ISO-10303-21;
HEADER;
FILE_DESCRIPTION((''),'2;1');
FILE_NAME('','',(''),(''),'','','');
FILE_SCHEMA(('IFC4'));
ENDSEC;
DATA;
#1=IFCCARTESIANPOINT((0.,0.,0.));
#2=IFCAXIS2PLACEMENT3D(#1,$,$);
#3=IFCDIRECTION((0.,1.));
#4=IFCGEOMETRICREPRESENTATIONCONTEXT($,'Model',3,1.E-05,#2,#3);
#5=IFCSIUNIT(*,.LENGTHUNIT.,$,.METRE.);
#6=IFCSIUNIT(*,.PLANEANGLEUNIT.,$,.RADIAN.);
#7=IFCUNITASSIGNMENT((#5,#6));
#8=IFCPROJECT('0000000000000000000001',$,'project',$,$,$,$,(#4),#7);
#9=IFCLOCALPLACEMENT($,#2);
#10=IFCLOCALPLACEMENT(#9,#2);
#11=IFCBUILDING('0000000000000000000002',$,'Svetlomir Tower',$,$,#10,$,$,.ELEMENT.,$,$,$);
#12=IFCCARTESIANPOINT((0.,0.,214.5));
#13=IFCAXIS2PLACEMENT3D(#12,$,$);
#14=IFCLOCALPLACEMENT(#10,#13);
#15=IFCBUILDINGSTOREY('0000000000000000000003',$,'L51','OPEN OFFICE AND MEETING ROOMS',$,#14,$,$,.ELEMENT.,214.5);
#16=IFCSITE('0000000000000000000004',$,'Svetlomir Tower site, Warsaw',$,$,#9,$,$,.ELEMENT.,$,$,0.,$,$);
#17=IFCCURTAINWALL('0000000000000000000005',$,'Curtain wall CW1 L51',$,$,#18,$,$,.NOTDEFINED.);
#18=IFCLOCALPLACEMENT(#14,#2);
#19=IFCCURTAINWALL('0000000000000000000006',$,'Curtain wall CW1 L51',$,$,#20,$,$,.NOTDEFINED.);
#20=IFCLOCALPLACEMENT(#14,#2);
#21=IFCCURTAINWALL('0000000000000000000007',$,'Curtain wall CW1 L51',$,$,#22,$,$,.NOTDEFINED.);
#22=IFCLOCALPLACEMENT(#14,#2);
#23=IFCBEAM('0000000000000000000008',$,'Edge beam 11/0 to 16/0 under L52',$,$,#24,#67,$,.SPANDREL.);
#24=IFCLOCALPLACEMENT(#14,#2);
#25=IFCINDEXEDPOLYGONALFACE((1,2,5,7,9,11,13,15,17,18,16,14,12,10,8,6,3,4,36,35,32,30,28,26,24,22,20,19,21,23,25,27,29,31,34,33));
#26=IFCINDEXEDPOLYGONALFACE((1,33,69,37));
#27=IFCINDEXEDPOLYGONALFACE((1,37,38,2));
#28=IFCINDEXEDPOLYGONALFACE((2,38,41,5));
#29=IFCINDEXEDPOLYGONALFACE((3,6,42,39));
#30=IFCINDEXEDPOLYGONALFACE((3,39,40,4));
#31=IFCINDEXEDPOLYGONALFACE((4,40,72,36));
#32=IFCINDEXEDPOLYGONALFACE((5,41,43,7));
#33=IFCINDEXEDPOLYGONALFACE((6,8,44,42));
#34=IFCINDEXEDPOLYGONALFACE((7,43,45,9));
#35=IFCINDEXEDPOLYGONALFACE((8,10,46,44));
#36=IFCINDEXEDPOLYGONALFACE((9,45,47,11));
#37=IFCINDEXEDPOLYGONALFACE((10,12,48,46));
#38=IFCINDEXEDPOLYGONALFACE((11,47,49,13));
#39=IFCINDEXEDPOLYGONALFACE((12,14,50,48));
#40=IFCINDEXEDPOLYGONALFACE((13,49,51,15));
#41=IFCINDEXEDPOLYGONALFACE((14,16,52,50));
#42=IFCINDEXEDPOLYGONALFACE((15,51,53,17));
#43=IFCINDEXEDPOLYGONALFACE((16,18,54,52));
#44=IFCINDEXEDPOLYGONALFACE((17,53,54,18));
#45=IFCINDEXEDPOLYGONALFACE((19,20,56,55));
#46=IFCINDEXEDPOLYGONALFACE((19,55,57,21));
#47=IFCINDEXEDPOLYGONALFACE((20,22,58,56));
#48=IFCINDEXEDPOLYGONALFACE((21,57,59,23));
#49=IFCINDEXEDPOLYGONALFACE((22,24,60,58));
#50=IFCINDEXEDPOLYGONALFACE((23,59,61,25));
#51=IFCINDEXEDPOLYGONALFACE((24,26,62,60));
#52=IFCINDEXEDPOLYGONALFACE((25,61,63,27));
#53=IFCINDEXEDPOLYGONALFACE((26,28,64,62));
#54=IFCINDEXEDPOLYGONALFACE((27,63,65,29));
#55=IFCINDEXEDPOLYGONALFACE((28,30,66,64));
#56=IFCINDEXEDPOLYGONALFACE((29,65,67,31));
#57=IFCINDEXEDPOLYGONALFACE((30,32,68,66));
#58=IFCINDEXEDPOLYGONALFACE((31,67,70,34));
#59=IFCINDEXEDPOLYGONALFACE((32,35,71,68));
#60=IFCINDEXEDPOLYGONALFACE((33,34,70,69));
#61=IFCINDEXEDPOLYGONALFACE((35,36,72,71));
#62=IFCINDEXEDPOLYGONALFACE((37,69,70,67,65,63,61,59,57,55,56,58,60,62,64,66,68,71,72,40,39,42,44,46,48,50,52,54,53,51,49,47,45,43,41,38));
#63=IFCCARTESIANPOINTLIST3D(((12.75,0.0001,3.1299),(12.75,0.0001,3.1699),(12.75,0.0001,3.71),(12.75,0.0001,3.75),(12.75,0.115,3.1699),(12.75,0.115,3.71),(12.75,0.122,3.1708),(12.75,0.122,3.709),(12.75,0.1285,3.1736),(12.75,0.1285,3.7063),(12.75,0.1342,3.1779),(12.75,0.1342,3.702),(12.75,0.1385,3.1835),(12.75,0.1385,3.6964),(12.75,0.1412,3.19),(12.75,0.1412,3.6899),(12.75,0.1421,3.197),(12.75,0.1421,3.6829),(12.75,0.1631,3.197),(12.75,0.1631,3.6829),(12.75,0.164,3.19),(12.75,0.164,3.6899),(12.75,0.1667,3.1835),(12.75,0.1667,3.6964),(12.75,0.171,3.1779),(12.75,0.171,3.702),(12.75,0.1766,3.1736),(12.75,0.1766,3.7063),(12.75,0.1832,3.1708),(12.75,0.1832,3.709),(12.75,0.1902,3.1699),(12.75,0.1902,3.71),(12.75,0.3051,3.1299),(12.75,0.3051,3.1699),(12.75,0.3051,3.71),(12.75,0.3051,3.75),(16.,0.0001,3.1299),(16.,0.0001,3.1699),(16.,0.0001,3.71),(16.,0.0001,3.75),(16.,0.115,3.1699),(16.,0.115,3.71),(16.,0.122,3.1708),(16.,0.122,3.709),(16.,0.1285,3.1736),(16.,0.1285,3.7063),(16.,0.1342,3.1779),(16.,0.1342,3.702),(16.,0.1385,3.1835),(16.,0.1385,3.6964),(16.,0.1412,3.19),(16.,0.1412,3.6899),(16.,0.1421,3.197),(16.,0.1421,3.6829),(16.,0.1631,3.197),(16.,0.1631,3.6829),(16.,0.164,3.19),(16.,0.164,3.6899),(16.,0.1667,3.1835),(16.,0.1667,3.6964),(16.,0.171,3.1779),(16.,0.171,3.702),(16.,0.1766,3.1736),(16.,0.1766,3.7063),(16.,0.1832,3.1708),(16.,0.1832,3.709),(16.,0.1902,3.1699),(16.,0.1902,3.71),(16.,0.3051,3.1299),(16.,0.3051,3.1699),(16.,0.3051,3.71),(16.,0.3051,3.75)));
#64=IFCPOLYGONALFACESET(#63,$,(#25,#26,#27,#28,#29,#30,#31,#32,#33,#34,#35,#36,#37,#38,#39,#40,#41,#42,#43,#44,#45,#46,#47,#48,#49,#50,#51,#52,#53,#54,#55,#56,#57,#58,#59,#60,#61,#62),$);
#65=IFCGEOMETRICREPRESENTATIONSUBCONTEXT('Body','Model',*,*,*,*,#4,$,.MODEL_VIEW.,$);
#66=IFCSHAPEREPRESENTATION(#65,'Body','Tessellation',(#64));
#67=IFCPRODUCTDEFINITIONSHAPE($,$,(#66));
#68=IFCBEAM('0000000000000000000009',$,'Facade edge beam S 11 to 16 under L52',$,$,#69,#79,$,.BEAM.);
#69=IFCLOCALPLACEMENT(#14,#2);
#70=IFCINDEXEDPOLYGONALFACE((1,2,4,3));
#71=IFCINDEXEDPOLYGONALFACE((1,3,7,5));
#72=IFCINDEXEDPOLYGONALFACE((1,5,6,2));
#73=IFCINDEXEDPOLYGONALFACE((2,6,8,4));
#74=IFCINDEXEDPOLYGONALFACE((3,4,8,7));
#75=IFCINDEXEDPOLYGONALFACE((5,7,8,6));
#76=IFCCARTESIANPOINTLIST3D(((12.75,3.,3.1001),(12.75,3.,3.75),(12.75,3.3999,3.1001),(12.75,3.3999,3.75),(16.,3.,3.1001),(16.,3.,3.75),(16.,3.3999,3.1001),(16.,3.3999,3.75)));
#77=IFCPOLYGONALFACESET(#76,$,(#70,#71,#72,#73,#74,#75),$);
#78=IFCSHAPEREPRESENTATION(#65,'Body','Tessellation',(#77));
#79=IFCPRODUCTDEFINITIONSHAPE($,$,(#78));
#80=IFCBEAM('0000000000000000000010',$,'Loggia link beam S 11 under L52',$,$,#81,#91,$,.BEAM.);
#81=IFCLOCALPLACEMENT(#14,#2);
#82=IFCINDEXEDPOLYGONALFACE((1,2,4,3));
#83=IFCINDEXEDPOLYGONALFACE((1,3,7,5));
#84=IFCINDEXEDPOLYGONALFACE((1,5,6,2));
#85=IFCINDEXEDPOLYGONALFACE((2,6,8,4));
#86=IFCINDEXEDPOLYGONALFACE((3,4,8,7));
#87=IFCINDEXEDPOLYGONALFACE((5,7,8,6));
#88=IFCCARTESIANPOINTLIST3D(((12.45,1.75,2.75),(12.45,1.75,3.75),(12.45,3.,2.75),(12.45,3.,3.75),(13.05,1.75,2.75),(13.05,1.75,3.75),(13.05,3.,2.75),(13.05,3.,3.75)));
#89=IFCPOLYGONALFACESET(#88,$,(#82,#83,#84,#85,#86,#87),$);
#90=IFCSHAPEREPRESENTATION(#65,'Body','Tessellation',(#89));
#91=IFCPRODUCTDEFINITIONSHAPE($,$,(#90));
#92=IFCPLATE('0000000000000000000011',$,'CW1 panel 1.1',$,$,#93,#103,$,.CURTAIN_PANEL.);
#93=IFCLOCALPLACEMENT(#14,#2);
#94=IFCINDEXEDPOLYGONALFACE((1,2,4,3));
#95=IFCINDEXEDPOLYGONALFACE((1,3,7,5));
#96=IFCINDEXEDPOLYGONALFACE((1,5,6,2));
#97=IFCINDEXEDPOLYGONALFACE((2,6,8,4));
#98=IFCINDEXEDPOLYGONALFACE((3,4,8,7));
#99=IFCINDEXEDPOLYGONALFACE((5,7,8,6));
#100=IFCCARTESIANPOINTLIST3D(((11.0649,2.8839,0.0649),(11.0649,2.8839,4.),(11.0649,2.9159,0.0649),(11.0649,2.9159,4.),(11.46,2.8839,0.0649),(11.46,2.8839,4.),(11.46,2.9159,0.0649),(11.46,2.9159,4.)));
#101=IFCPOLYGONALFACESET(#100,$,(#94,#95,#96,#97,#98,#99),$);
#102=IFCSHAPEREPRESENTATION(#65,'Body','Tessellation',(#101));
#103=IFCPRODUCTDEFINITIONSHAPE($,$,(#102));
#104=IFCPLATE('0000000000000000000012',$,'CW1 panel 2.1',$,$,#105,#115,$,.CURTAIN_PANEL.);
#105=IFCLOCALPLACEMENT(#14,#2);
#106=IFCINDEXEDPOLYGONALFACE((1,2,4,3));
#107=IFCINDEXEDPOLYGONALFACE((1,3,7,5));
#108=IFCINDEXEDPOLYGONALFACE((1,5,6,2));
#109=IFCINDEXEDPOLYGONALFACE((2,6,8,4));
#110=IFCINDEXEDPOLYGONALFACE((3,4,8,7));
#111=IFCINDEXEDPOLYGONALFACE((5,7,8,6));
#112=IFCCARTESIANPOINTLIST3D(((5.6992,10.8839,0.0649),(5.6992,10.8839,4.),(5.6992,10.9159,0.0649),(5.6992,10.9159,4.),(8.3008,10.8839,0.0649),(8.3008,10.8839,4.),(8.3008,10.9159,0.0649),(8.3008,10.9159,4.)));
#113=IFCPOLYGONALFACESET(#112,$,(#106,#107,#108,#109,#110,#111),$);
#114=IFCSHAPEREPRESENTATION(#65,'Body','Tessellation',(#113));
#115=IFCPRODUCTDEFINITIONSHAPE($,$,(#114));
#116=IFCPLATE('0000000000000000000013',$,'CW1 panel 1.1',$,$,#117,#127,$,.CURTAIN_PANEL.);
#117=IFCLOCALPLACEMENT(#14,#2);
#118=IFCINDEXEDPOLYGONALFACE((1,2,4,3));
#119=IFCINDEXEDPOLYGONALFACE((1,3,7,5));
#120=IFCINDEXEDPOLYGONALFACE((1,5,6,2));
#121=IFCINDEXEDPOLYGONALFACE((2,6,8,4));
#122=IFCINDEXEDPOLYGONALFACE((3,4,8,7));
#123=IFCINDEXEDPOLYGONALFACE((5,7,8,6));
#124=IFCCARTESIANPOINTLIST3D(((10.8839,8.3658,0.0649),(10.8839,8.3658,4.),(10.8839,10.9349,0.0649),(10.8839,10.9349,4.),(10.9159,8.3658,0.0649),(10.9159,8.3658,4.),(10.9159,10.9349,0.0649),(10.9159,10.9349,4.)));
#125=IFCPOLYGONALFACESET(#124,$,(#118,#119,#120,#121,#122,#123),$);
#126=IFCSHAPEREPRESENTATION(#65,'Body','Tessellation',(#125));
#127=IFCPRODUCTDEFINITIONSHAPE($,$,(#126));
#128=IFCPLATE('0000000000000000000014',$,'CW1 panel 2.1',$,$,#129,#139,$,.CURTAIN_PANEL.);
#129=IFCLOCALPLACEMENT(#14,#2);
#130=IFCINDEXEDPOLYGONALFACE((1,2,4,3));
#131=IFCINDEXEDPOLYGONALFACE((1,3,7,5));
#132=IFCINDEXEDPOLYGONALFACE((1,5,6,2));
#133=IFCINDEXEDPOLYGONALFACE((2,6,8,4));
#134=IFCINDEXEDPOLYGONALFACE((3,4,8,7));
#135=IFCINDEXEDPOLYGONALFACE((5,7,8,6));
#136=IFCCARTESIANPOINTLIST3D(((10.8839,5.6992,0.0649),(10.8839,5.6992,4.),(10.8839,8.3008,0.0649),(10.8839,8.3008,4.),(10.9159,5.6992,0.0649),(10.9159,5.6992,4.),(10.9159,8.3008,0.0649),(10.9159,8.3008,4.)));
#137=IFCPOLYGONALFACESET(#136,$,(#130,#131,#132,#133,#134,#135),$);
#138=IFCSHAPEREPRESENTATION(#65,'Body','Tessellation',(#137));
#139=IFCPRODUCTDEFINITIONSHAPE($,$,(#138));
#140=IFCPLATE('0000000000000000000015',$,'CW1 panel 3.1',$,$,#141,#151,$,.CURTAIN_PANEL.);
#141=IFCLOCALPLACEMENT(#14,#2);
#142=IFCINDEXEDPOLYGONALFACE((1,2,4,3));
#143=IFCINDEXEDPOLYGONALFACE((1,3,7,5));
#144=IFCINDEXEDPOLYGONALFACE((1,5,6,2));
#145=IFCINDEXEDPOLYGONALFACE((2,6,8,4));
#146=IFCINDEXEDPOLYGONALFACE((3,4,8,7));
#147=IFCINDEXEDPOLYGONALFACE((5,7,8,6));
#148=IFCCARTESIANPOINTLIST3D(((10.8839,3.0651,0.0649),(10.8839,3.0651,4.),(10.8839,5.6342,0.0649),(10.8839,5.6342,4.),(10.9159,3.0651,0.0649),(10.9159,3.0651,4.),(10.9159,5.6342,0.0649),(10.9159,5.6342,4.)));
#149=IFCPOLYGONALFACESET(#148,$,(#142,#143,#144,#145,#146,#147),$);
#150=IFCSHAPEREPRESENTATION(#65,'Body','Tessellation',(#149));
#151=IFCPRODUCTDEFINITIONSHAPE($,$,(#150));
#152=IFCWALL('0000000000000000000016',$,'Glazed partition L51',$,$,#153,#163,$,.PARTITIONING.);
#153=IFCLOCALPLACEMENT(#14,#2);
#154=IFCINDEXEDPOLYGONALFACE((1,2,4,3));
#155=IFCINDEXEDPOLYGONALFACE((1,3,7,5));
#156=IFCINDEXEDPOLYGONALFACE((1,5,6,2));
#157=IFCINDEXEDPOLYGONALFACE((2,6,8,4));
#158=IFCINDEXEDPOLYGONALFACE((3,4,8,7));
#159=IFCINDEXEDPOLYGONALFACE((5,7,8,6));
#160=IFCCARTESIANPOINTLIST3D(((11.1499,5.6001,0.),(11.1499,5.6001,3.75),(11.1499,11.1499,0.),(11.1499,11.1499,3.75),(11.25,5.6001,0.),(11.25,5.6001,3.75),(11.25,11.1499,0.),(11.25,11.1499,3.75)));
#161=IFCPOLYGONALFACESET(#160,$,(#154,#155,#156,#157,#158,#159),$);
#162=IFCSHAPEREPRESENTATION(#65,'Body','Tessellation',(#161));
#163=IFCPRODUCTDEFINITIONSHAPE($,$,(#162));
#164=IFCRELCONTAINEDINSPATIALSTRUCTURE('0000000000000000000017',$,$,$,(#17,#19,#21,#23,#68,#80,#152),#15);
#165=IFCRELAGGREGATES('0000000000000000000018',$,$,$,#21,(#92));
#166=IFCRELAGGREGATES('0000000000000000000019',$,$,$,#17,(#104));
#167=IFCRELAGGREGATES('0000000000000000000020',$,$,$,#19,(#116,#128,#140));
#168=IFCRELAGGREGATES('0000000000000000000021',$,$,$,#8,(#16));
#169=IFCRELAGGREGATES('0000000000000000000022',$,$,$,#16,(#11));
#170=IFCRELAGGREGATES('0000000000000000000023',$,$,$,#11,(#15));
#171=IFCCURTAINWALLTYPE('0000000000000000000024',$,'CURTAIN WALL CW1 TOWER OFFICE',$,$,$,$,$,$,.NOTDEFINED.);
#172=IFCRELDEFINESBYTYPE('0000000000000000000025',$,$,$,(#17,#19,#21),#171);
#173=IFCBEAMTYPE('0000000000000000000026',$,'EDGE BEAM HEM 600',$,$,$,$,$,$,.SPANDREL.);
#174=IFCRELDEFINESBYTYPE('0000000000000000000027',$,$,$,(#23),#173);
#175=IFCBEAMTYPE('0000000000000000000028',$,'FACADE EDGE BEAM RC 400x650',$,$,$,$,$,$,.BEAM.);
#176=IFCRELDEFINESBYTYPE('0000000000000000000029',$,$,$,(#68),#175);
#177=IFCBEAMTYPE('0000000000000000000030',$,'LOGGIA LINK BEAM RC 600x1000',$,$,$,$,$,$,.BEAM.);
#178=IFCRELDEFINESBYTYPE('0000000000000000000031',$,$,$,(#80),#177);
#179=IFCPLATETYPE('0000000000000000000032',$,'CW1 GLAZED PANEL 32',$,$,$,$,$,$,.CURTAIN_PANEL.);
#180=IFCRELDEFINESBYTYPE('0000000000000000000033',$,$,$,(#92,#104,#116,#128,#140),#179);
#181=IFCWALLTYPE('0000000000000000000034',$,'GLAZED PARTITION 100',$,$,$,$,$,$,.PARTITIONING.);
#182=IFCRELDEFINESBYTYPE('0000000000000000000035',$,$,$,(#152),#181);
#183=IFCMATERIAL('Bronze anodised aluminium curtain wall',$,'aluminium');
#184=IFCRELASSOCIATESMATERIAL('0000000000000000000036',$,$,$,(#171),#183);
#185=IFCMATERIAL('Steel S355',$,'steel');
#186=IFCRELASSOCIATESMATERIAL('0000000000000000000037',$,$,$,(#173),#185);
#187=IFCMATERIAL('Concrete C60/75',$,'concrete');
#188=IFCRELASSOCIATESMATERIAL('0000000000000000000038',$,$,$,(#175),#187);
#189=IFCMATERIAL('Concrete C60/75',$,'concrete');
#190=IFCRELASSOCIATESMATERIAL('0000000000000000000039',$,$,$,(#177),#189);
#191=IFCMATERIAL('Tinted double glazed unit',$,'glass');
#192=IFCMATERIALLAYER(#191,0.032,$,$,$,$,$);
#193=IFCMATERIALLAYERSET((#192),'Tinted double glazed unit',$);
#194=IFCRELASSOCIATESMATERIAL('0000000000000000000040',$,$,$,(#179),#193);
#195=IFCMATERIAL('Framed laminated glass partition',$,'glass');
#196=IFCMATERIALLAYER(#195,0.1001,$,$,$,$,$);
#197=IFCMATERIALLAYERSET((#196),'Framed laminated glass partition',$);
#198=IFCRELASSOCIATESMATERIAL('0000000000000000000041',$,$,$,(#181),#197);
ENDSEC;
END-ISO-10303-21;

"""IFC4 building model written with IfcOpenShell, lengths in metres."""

from ifc_helpers import new_model, si_unit, direction, frame, frame_2d, origin, origin_2d, place, context, subcontext, project, spatial, rectangle, i_section, extrude, material, layer, layer_set, material_profile, profile_set, type_object, element, aggregate, save


model = new_model("IFC4")

# Units and contexts
model_context = context("Model", 3, precision=1e-05, world=origin(), true_north=direction((0.0, 1.0)))
body_context = subcontext(model_context, "Body", "Model", "MODEL_VIEW")
ifc_project = project(units=[si_unit("LENGTHUNIT", "METRE"), si_unit("PLANEANGLEUNIT", "RADIAN")], contexts=[model_context])

# Site, building, storey
site_placement = place(None, origin())
site = spatial("IfcSite", under=ifc_project, at=site_placement, Name="Svetlomir Tower site, Warsaw", CompositionType="ELEMENT", RefElevation=0.0)
building_placement = place(site_placement, origin())
building = spatial("IfcBuilding", under=site, at=building_placement, Name="Svetlomir Tower", CompositionType="ELEMENT")
storey_placement = place(building_placement, frame((0.0, 0.0, 214.5)))
storey = spatial("IfcBuildingStorey", under=building, at=storey_placement, Name="L51", Description="OPEN OFFICE AND MEETING ROOMS", CompositionType="ELEMENT", Elevation=214.5)

# Curtain walls
ifc_material_1 = material(Name="Bronze anodised aluminium curtain wall", Category="aluminium")
curtain_wall_type = type_object("IfcCurtainWallType", Name="CURTAIN WALL CW1 TOWER OFFICE", PredefinedType="NOTDEFINED", material=ifc_material_1)
curtain_wall_1_placement = place(storey_placement, origin())
curtain_wall_1 = element("IfcCurtainWall", 1, at=curtain_wall_1_placement, inside=storey, type_object=curtain_wall_type, Name="Curtain wall CW1 L51", PredefinedType="NOTDEFINED")
curtain_wall_2_placement = place(storey_placement, origin())
curtain_wall_2 = element("IfcCurtainWall", 2, at=curtain_wall_2_placement, inside=storey, type_object=curtain_wall_type, Name="Curtain wall CW1 L51", PredefinedType="NOTDEFINED")

# Curtain wall
curtain_wall_3_placement = place(storey_placement, origin())
curtain_wall_3 = element("IfcCurtainWall", 3, at=curtain_wall_3_placement, inside=storey, type_object=curtain_wall_type, Name="Curtain wall CW1 L51", PredefinedType="NOTDEFINED")

# Beams
ifc_material_2 = material(Name="Steel S355", Category="steel")
ifc_material_profile_1 = material_profile(ifc_material_2, i_section(OverallWidth=0.3049, OverallDepth=0.6201, WebThickness=0.021, FlangeThickness=0.04, FilletRadius=0.0271, at=origin_2d()), Name="HEM 600")
ifc_profile_set_1 = profile_set([ifc_material_profile_1], Name="Steel S355")
beam_type_1 = type_object("IfcBeamType", Name="EDGE BEAM HEM 600", PredefinedType="SPANDREL", material=ifc_profile_set_1)
beam_1_placement = place(storey_placement, frame((12.75, 0.1526, 3.4399), z_axis=(1.0, 0.0, 0.0), x_axis=(0.0, 1.0, 0.0)))
element("IfcBeam", 4, at=beam_1_placement, inside=storey, type_object=beam_type_1, Name="Edge beam 11/0 to 16/0 under L52", PredefinedType="SPANDREL", context=body_context, shape_type="SweptSolid", body=[
    extrude(i_section(OverallWidth=0.3049, OverallDepth=0.6201, WebThickness=0.021, FlangeThickness=0.04, FilletRadius=0.0271, at=origin_2d()), origin(), (0.0, 0.0, 1.0), 3.25),
])
ifc_material_3 = material(Name="Concrete C60/75", Category="concrete")
ifc_material_profile_2 = material_profile(ifc_material_3, rectangle(XDim=0.3999, YDim=0.6499, at=origin_2d()), Name="RC 400x650")
ifc_profile_set_2 = profile_set([ifc_material_profile_2], Name="Concrete C60/75")
beam_type_2 = type_object("IfcBeamType", Name="FACADE EDGE BEAM RC 400x650", PredefinedType="BEAM", material=ifc_profile_set_2)
beam_2_placement = place(storey_placement, frame((12.75, 3.2, 3.425), z_axis=(1.0, 0.0, 0.0), x_axis=(0.0, 1.0, 0.0)))
element("IfcBeam", 5, at=beam_2_placement, inside=storey, type_object=beam_type_2, Name="Facade edge beam S 11 to 16 under L52", PredefinedType="BEAM", context=body_context, shape_type="SweptSolid", body=[
    extrude(rectangle(XDim=0.3999, YDim=0.6499, at=origin_2d()), origin(), (0.0, 0.0, 1.0), 3.25),
])
ifc_material_4 = material(Name="Concrete C60/75", Category="concrete")
ifc_material_profile_3 = material_profile(ifc_material_4, rectangle(XDim=0.6001, YDim=1.0, at=origin_2d()), Name="RC 600x1000")
ifc_profile_set_3 = profile_set([ifc_material_profile_3], Name="Concrete C60/75")
beam_type_3 = type_object("IfcBeamType", Name="LOGGIA LINK BEAM RC 600x1000", PredefinedType="BEAM", material=ifc_profile_set_3)
beam_3_placement = place(storey_placement, frame((12.75, 1.75, 3.25), z_axis=(0.0, 1.0, 0.0), x_axis=(-1.0, 0.0, 0.0)))
element("IfcBeam", 6, at=beam_3_placement, inside=storey, type_object=beam_type_3, Name="Loggia link beam S 11 under L52", PredefinedType="BEAM", context=body_context, shape_type="SweptSolid", body=[
    extrude(rectangle(XDim=0.6001, YDim=1.0, at=origin_2d()), origin(), (0.0, 0.0, 1.0), 1.25),
])

# Plates
ifc_material_5 = material(Name="Tinted double glazed unit", Category="glass")
ifc_layer_1 = layer(ifc_material_5, 0.032)
ifc_layer_set_1 = layer_set([ifc_layer_1], Name="Tinted double glazed unit")
plate_type = type_object("IfcPlateType", Name="CW1 GLAZED PANEL 32", PredefinedType="CURTAIN_PANEL", material=ifc_layer_set_1)
plate_1_placement = place(storey_placement, frame((11.2625, 2.8999, 0.0649), z_axis=(0.0, 0.0, 1.0), x_axis=(1.0, 0.0, 0.0)))
plate_1 = element("IfcPlate", 7, at=plate_1_placement, type_object=plate_type, Name="CW1 panel 1.1", PredefinedType="CURTAIN_PANEL", context=body_context, shape_type="SweptSolid", body=[
    extrude(rectangle(XDim=0.395, YDim=0.032, at=origin_2d()), origin(), (0.0, 0.0, 1.0), 3.9351),
])
aggregate(curtain_wall_3, [plate_1])
plate_2_placement = place(storey_placement, frame((7.0, 10.8999, 0.0649), z_axis=(0.0, 0.0, 1.0), x_axis=(1.0, 0.0, 0.0)))
plate_2 = element("IfcPlate", 8, at=plate_2_placement, type_object=plate_type, Name="CW1 panel 2.1", PredefinedType="CURTAIN_PANEL", context=body_context, shape_type="SweptSolid", body=[
    extrude(rectangle(XDim=2.6016, YDim=0.032, at=origin_2d()), origin(), (0.0, 0.0, 1.0), 3.9351),
])
aggregate(curtain_wall_1, [plate_2])
plate_3_placement = place(storey_placement, frame((10.8999, 9.6504, 0.0649), z_axis=(0.0, 0.0, 1.0), x_axis=(0.0, -1.0, 0.0)))
plate_3 = element("IfcPlate", 9, at=plate_3_placement, type_object=plate_type, Name="CW1 panel 1.1", PredefinedType="CURTAIN_PANEL", context=body_context, shape_type="SweptSolid", body=[
    extrude(rectangle(XDim=2.5691, YDim=0.032, at=origin_2d()), origin(), (0.0, 0.0, 1.0), 3.9351),
])
plate_4_placement = place(storey_placement, frame((10.8999, 7.0, 0.0649), z_axis=(0.0, 0.0, 1.0), x_axis=(0.0, -1.0, 0.0)))
plate_4 = element("IfcPlate", 10, at=plate_4_placement, type_object=plate_type, Name="CW1 panel 2.1", PredefinedType="CURTAIN_PANEL", context=body_context, shape_type="SweptSolid", body=[
    extrude(rectangle(XDim=2.6016, YDim=0.032, at=origin_2d()), origin(), (0.0, 0.0, 1.0), 3.9351),
])
plate_5_placement = place(storey_placement, frame((10.8999, 4.3496, 0.0649), z_axis=(0.0, 0.0, 1.0), x_axis=(0.0, -1.0, 0.0)))
plate_5 = element("IfcPlate", 11, at=plate_5_placement, type_object=plate_type, Name="CW1 panel 3.1", PredefinedType="CURTAIN_PANEL", context=body_context, shape_type="SweptSolid", body=[
    extrude(rectangle(XDim=2.5691, YDim=0.032, at=origin_2d()), origin(), (0.0, 0.0, 1.0), 3.9351),
])
aggregate(curtain_wall_2, [plate_3, plate_4, plate_5])

# Wall
ifc_material_6 = material(Name="Framed laminated glass partition", Category="glass")
ifc_layer_2 = layer(ifc_material_6, 0.1001)
ifc_layer_set_2 = layer_set([ifc_layer_2], Name="Framed laminated glass partition")
wall_type = type_object("IfcWallType", Name="GLAZED PARTITION 100", PredefinedType="PARTITIONING", material=ifc_layer_set_2)
wall_1_placement = place(storey_placement, frame((11.2, 5.6001, 0.0), z_axis=(0.0, 0.0, 1.0), x_axis=(0.0, 1.0, 0.0)))
element("IfcWall", 12, at=wall_1_placement, inside=storey, type_object=wall_type, Name="Glazed partition L51", PredefinedType="PARTITIONING", context=body_context, shape_type="SweptSolid", body=[
    extrude(rectangle(XDim=5.5498, YDim=0.1001, at=frame_2d((2.7749, 0.0))), origin(), (0.0, 0.0, 1.0), 3.75),
])

save(model, "model.ifc")
